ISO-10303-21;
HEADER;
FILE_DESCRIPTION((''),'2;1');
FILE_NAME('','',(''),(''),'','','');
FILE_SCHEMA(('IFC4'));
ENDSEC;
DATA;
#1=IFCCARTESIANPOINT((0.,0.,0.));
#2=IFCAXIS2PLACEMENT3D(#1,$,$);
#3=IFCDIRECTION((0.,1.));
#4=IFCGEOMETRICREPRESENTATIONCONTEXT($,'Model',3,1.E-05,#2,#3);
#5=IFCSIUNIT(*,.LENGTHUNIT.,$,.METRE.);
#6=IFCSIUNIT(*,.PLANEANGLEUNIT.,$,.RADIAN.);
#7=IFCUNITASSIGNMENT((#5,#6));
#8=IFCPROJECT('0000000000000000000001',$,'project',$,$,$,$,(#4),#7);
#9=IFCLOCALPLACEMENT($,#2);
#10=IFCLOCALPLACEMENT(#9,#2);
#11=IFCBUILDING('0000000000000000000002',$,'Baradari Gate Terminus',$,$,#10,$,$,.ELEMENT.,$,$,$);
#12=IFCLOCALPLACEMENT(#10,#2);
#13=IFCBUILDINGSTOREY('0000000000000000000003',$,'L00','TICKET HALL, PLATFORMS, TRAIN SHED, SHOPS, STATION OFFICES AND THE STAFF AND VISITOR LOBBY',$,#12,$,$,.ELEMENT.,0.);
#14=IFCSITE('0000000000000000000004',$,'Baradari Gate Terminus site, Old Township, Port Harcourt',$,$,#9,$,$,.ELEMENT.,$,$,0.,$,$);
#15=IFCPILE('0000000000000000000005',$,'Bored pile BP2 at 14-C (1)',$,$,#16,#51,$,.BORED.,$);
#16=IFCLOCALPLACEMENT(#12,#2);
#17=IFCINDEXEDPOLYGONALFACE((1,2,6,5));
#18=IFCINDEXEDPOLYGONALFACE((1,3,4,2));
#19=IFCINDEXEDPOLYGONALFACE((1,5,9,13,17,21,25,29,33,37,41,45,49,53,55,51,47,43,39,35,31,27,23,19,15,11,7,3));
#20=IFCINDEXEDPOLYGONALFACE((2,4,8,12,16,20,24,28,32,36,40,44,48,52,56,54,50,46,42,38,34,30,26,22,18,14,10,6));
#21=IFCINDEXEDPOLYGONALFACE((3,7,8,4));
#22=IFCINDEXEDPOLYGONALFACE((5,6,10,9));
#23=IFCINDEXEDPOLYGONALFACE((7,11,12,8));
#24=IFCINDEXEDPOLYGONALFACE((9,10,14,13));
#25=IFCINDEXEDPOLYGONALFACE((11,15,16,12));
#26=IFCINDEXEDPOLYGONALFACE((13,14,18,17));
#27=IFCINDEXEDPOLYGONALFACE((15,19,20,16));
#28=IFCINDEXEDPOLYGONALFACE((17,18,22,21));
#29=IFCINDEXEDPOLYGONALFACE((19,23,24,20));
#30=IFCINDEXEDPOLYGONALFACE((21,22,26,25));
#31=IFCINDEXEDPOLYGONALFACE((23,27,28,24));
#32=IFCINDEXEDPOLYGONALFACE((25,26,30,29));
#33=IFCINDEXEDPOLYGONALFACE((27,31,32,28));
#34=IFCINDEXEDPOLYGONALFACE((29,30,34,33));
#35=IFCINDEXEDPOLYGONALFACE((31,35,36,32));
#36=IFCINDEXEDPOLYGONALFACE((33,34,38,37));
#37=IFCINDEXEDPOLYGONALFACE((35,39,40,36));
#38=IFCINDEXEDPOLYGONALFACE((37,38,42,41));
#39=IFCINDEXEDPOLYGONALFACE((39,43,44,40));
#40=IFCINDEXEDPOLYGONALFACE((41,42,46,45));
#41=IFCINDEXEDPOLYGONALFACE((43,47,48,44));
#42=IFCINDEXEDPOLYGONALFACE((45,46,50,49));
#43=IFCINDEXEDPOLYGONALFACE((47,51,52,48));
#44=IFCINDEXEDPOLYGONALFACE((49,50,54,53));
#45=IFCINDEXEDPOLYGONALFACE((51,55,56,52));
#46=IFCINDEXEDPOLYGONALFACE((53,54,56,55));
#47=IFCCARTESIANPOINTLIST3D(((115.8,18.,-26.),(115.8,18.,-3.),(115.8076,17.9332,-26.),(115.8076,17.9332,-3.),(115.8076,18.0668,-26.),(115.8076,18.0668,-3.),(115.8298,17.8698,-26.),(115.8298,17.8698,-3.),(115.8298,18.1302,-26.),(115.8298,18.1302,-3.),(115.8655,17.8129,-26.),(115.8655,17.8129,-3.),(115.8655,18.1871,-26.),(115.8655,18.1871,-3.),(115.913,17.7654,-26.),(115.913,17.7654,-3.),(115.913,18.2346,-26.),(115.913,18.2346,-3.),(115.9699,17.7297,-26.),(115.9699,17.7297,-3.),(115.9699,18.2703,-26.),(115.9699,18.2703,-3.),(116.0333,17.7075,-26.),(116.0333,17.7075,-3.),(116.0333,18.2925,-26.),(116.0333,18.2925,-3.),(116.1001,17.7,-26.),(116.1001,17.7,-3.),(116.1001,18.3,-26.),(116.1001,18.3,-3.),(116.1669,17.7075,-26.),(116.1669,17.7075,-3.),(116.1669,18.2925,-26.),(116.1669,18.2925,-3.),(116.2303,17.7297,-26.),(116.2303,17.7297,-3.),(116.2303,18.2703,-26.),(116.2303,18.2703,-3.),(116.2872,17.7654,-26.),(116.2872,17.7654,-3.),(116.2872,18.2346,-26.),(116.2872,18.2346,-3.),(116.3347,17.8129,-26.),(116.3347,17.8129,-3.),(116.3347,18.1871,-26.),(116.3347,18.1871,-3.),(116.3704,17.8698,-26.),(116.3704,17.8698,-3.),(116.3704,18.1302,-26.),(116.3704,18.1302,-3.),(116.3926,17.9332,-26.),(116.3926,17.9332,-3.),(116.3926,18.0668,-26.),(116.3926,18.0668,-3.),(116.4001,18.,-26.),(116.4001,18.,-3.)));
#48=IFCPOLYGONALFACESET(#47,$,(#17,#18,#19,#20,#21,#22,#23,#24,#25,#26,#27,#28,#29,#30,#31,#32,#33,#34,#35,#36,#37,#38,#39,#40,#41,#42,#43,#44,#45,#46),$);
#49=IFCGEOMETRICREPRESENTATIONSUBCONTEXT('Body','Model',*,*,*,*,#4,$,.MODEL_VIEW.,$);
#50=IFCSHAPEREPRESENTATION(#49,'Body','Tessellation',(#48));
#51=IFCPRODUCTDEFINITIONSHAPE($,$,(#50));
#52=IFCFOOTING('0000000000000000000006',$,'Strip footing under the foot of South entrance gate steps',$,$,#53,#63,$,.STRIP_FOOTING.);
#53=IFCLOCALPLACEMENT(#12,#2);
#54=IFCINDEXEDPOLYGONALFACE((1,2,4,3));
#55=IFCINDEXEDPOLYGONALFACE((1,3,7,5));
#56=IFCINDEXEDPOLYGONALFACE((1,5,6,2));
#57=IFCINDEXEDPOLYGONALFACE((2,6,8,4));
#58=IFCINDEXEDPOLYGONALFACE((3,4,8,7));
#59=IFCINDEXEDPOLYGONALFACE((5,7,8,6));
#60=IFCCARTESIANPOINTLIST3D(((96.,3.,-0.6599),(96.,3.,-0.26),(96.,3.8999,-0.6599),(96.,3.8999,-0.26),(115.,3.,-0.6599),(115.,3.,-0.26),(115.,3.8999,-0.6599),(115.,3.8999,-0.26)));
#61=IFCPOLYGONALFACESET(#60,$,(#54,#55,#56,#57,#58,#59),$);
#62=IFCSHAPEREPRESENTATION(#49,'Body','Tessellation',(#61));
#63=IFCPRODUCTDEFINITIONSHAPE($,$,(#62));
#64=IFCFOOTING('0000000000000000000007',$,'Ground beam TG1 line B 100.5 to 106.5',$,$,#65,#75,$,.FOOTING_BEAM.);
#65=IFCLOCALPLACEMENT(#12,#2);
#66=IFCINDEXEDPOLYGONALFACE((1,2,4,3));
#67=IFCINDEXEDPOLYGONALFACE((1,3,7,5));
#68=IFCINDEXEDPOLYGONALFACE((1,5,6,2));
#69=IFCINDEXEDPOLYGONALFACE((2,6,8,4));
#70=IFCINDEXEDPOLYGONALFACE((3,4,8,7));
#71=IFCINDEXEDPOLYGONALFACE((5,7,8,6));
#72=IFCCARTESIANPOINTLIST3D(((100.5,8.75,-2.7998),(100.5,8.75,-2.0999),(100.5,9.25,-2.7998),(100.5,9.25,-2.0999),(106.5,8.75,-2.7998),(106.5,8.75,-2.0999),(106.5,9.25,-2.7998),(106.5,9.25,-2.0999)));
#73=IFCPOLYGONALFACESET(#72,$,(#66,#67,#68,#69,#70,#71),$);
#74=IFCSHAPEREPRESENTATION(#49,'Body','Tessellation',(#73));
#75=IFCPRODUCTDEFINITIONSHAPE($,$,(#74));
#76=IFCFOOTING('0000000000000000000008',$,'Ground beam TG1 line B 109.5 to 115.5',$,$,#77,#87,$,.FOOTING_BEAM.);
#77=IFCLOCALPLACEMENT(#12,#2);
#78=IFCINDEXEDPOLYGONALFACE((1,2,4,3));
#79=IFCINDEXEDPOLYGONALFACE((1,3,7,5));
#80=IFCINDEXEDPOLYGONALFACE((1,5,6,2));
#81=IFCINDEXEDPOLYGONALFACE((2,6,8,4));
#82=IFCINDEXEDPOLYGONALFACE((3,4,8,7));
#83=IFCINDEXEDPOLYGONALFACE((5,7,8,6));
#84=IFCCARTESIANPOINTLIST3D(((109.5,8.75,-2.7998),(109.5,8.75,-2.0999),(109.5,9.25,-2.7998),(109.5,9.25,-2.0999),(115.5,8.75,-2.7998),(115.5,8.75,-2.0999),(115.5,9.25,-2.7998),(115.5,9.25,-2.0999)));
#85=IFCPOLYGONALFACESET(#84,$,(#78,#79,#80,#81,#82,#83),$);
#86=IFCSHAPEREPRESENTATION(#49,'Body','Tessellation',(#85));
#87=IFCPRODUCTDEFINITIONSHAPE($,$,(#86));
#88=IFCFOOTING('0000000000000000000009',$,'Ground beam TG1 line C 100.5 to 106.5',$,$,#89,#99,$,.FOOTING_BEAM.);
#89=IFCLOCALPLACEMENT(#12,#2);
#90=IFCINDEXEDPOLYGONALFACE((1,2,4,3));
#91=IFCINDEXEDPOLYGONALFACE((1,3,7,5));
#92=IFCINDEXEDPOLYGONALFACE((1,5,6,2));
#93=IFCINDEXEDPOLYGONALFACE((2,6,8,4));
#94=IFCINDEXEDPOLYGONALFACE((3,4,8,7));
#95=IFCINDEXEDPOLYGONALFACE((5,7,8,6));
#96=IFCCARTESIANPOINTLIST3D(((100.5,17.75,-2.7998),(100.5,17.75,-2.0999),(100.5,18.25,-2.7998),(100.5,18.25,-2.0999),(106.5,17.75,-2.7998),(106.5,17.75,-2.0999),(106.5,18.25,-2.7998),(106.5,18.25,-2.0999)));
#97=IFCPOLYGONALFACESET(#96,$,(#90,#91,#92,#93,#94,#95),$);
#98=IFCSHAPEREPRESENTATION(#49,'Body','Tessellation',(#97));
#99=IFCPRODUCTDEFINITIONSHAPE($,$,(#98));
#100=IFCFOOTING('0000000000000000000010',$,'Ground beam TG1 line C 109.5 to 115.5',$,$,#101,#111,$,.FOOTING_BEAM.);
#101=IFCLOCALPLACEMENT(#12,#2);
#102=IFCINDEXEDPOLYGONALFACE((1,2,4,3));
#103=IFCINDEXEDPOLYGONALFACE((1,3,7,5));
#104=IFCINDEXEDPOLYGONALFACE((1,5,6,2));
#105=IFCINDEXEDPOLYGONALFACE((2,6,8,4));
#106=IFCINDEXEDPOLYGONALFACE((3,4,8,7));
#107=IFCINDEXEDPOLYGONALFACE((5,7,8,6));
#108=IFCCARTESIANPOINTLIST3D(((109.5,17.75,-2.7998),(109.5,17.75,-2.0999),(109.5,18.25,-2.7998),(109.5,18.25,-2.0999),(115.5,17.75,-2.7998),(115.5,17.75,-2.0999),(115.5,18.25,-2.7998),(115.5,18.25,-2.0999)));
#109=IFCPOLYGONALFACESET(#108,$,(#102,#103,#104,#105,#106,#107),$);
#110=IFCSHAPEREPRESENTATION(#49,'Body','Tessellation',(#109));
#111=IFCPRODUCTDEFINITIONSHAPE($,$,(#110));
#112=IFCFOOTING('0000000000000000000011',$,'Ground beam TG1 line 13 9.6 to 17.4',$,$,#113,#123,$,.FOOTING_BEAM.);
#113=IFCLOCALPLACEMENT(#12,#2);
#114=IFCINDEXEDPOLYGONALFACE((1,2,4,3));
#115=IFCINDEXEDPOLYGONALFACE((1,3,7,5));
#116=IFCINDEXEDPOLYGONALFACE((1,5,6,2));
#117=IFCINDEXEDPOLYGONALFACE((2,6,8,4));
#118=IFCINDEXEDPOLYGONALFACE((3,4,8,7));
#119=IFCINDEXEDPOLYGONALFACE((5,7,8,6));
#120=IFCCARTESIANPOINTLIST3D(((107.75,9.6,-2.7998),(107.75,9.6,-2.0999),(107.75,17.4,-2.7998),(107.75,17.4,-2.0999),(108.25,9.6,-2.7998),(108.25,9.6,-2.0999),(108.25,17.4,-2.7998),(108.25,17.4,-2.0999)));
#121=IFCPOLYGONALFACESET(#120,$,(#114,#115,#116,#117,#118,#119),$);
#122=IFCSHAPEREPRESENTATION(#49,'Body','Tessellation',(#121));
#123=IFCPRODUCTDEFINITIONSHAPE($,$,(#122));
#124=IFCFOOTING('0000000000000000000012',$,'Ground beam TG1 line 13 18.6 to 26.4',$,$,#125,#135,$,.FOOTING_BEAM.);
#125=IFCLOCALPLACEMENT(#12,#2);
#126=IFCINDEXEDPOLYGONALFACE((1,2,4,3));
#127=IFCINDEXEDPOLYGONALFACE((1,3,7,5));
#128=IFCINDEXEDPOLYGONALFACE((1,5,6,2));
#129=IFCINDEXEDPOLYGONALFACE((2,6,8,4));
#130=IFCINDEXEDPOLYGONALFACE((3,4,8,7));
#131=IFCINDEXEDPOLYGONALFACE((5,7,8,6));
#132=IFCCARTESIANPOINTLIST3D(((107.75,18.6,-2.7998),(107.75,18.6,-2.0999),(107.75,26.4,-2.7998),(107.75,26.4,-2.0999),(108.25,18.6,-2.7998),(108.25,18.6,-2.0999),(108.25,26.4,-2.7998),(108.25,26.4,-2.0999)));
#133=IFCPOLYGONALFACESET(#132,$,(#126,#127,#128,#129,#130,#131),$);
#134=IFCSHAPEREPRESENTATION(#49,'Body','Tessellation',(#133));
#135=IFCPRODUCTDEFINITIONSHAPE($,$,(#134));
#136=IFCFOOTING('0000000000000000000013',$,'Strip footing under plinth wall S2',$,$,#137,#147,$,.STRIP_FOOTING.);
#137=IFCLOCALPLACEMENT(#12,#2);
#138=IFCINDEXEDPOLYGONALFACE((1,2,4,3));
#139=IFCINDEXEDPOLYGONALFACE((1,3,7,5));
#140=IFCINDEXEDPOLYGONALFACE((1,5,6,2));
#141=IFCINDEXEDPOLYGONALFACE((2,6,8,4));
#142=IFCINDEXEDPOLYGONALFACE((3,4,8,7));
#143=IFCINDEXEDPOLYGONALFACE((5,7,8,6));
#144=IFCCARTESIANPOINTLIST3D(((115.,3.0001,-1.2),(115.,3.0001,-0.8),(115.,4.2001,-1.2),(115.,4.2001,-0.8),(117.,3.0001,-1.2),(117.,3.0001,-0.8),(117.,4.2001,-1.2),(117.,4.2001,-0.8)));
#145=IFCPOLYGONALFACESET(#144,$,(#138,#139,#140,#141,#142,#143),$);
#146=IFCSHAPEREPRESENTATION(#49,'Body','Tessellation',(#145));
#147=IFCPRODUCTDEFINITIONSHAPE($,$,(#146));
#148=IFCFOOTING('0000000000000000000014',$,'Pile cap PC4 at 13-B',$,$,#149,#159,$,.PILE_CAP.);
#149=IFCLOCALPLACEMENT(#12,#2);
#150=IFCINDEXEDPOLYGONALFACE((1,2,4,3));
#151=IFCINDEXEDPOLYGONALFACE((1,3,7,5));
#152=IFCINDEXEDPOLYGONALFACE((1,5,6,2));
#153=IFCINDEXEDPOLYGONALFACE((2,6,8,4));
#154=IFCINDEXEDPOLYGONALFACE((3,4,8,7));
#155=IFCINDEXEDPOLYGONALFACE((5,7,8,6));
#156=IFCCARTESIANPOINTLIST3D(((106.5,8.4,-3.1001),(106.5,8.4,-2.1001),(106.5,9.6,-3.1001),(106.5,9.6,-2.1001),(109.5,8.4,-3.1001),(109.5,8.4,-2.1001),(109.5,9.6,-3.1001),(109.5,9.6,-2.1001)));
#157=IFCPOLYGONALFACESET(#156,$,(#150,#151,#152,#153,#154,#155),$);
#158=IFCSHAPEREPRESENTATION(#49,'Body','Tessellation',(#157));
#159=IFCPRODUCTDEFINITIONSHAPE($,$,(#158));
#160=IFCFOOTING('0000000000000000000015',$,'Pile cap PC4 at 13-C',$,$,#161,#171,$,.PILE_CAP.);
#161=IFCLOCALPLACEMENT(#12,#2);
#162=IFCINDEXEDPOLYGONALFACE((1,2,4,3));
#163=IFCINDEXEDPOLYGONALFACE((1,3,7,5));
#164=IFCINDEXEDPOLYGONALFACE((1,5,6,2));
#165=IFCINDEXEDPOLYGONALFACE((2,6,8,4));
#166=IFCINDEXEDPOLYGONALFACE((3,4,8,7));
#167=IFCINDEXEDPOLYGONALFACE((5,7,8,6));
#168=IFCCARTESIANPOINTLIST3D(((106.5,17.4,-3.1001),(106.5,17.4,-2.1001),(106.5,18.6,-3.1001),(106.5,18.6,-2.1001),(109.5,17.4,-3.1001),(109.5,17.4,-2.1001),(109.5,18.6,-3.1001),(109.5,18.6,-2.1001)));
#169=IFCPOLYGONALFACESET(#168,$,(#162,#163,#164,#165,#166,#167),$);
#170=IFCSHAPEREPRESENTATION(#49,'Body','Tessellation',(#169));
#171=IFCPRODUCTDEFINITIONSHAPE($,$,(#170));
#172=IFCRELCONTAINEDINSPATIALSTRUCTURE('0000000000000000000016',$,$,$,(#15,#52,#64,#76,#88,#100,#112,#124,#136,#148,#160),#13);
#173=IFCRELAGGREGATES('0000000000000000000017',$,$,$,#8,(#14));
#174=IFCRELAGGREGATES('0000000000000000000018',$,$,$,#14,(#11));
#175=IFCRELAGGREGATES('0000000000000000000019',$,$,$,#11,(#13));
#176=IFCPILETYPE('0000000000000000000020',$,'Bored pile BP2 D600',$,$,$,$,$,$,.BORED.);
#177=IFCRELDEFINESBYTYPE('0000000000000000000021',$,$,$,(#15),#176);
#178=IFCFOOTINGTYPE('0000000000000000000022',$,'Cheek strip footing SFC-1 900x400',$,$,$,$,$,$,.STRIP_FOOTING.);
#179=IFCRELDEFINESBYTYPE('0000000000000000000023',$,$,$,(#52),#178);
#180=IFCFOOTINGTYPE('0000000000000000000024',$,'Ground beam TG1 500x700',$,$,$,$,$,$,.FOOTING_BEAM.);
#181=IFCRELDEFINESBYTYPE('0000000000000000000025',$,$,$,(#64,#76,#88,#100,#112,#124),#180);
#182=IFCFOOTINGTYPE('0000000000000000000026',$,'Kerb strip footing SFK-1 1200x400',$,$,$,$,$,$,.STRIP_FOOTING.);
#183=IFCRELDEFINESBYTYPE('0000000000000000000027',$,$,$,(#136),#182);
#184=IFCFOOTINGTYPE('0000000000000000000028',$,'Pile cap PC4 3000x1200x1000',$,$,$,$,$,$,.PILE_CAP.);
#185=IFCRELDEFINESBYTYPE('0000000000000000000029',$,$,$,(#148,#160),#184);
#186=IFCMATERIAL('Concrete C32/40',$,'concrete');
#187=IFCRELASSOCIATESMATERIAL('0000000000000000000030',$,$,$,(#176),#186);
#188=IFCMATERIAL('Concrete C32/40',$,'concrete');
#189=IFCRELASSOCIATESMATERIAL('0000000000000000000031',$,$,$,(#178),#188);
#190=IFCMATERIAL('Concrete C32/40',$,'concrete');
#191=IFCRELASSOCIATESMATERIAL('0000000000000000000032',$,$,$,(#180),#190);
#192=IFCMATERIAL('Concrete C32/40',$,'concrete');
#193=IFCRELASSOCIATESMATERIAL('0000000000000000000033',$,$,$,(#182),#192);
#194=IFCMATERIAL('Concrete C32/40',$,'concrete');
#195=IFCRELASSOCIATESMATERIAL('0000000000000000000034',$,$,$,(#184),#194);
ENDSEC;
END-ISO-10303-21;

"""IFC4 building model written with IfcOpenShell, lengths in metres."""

from ifc_helpers import new_model, si_unit, direction, frame, origin, origin_2d, place, context, subcontext, project, spatial, rectangle, circle, extrude, material, type_object, element, save


model = new_model("IFC4")

# Units and contexts
model_context = context("Model", 3, precision=1e-05, world=origin(), true_north=direction((0.0, 1.0)))
body_context = subcontext(model_context, "Body", "Model", "MODEL_VIEW")
ifc_project = project(units=[si_unit("LENGTHUNIT", "METRE"), si_unit("PLANEANGLEUNIT", "RADIAN")], contexts=[model_context])

# Site, building, storey
site_placement = place(None, origin())
site = spatial("IfcSite", under=ifc_project, at=site_placement, Name="Baradari Gate Terminus site, Old Township, Port Harcourt", CompositionType="ELEMENT", RefElevation=0.0)
building_placement = place(site_placement, origin())
building = spatial("IfcBuilding", under=site, at=building_placement, Name="Baradari Gate Terminus", CompositionType="ELEMENT")
storey_placement = place(building_placement, origin())
storey = spatial("IfcBuildingStorey", under=building, at=storey_placement, Name="L00", Description="TICKET HALL, PLATFORMS, TRAIN SHED, SHOPS, STATION OFFICES AND THE STAFF AND VISITOR LOBBY", CompositionType="ELEMENT", Elevation=0.0)

# Pile
ifc_material_1 = material(Name="Concrete C32/40", Category="concrete")
pile_type = type_object("IfcPileType", Name="Bored pile BP2 D600", PredefinedType="BORED", material=ifc_material_1)
for number, where, z_axis, x_axis, name in (
    (1, (116.1001, 18.0, -3.0), (0.0, 0.0, -1.0), (1.0, 0.0, 0.0), "Bored pile BP2 at 14-C (1)"),
):
    element("IfcPile", number, at=place(storey_placement, frame(where, z_axis=z_axis, x_axis=x_axis)), inside=storey, type_object=pile_type, Name=name, PredefinedType="BORED", context=body_context, shape_type="SweptSolid", body=[
        extrude(circle(Radius=0.3, at=origin_2d()), origin(), (0.0, 0.0, 1.0), 23.0),
    ])

# Footings
ifc_material_2 = material(Name="Concrete C32/40", Category="concrete")
footing_type_1 = type_object("IfcFootingType", Name="Cheek strip footing SFC-1 900x400", PredefinedType="STRIP_FOOTING", material=ifc_material_2)
footing_1_placement = place(storey_placement, frame((105.5, 3.45, -0.6599), z_axis=(0.0, 0.0, 1.0), x_axis=(1.0, 0.0, 0.0)))
element("IfcFooting", 2, at=footing_1_placement, inside=storey, type_object=footing_type_1, Name="Strip footing under the foot of South entrance gate steps", PredefinedType="STRIP_FOOTING", context=body_context, shape_type="SweptSolid", body=[
    extrude(rectangle(XDim=19.0, YDim=0.8999, at=origin_2d()), origin(), (0.0, 0.0, 1.0), 0.3999),
])
ifc_material_3 = material(Name="Concrete C32/40", Category="concrete")
footing_type_2 = type_object("IfcFootingType", Name="Ground beam TG1 500x700", PredefinedType="FOOTING_BEAM", material=ifc_material_3)
for number, where, z_axis, x_axis, name in (
    (3, (103.5, 9.0, -2.7998), (0.0, 0.0, 1.0), (1.0, 0.0, 0.0), "Ground beam TG1 line B 100.5 to 106.5"),
    (4, (112.5, 9.0, -2.7998), (0.0, 0.0, 1.0), (1.0, 0.0, 0.0), "Ground beam TG1 line B 109.5 to 115.5"),
    (5, (103.5, 18.0, -2.7998), (0.0, 0.0, 1.0), (1.0, 0.0, 0.0), "Ground beam TG1 line C 100.5 to 106.5"),
    (6, (112.5, 18.0, -2.7998), (0.0, 0.0, 1.0), (1.0, 0.0, 0.0), "Ground beam TG1 line C 109.5 to 115.5"),
):
    element("IfcFooting", number, at=place(storey_placement, frame(where, z_axis=z_axis, x_axis=x_axis)), inside=storey, type_object=footing_type_2, Name=name, PredefinedType="FOOTING_BEAM", context=body_context, shape_type="SweptSolid", body=[
        extrude(rectangle(XDim=6.0, YDim=0.5, at=origin_2d()), origin(), (0.0, 0.0, 1.0), 0.7),
    ])
for number, where, z_axis, x_axis, name in (
    (7, (108.0, 13.5, -2.7998), (0.0, 0.0, 1.0), (1.0, 0.0, 0.0), "Ground beam TG1 line 13 9.6 to 17.4"),
    (8, (108.0, 22.5, -2.7998), (0.0, 0.0, 1.0), (1.0, 0.0, 0.0), "Ground beam TG1 line 13 18.6 to 26.4"),
):
    element("IfcFooting", number, at=place(storey_placement, frame(where, z_axis=z_axis, x_axis=x_axis)), inside=storey, type_object=footing_type_2, Name=name, PredefinedType="FOOTING_BEAM", context=body_context, shape_type="SweptSolid", body=[
        extrude(rectangle(XDim=0.5, YDim=7.8, at=origin_2d()), origin(), (0.0, 0.0, 1.0), 0.7),
    ])
ifc_material_4 = material(Name="Concrete C32/40", Category="concrete")
footing_type_3 = type_object("IfcFootingType", Name="Kerb strip footing SFK-1 1200x400", PredefinedType="STRIP_FOOTING", material=ifc_material_4)
footing_2_placement = place(storey_placement, frame((116.0, 3.6001, -1.2), z_axis=(0.0, 0.0, 1.0), x_axis=(1.0, 0.0, 0.0)))
element("IfcFooting", 9, at=footing_2_placement, inside=storey, type_object=footing_type_3, Name="Strip footing under plinth wall S2", PredefinedType="STRIP_FOOTING", context=body_context, shape_type="SweptSolid", body=[
    extrude(rectangle(XDim=2.0, YDim=1.2, at=origin_2d()), origin(), (0.0, 0.0, 1.0), 0.3999),
])
ifc_material_5 = material(Name="Concrete C32/40", Category="concrete")
footing_type_4 = type_object("IfcFootingType", Name="Pile cap PC4 3000x1200x1000", PredefinedType="PILE_CAP", material=ifc_material_5)
for number, where, z_axis, x_axis, name in (
    (10, (108.0, 9.0, -3.1001), (0.0, 0.0, 1.0), (1.0, 0.0, 0.0), "Pile cap PC4 at 13-B"),
    (11, (108.0, 18.0, -3.1001), (0.0, 0.0, 1.0), (1.0, 0.0, 0.0), "Pile cap PC4 at 13-C"),
):
    element("IfcFooting", number, at=place(storey_placement, frame(where, z_axis=z_axis, x_axis=x_axis)), inside=storey, type_object=footing_type_4, Name=name, PredefinedType="PILE_CAP", context=body_context, shape_type="SweptSolid", body=[
        extrude(rectangle(XDim=3.0, YDim=1.2, at=origin_2d()), origin(), (0.0, 0.0, 1.0), 1.0),
    ])

save(model, "model.ifc")
